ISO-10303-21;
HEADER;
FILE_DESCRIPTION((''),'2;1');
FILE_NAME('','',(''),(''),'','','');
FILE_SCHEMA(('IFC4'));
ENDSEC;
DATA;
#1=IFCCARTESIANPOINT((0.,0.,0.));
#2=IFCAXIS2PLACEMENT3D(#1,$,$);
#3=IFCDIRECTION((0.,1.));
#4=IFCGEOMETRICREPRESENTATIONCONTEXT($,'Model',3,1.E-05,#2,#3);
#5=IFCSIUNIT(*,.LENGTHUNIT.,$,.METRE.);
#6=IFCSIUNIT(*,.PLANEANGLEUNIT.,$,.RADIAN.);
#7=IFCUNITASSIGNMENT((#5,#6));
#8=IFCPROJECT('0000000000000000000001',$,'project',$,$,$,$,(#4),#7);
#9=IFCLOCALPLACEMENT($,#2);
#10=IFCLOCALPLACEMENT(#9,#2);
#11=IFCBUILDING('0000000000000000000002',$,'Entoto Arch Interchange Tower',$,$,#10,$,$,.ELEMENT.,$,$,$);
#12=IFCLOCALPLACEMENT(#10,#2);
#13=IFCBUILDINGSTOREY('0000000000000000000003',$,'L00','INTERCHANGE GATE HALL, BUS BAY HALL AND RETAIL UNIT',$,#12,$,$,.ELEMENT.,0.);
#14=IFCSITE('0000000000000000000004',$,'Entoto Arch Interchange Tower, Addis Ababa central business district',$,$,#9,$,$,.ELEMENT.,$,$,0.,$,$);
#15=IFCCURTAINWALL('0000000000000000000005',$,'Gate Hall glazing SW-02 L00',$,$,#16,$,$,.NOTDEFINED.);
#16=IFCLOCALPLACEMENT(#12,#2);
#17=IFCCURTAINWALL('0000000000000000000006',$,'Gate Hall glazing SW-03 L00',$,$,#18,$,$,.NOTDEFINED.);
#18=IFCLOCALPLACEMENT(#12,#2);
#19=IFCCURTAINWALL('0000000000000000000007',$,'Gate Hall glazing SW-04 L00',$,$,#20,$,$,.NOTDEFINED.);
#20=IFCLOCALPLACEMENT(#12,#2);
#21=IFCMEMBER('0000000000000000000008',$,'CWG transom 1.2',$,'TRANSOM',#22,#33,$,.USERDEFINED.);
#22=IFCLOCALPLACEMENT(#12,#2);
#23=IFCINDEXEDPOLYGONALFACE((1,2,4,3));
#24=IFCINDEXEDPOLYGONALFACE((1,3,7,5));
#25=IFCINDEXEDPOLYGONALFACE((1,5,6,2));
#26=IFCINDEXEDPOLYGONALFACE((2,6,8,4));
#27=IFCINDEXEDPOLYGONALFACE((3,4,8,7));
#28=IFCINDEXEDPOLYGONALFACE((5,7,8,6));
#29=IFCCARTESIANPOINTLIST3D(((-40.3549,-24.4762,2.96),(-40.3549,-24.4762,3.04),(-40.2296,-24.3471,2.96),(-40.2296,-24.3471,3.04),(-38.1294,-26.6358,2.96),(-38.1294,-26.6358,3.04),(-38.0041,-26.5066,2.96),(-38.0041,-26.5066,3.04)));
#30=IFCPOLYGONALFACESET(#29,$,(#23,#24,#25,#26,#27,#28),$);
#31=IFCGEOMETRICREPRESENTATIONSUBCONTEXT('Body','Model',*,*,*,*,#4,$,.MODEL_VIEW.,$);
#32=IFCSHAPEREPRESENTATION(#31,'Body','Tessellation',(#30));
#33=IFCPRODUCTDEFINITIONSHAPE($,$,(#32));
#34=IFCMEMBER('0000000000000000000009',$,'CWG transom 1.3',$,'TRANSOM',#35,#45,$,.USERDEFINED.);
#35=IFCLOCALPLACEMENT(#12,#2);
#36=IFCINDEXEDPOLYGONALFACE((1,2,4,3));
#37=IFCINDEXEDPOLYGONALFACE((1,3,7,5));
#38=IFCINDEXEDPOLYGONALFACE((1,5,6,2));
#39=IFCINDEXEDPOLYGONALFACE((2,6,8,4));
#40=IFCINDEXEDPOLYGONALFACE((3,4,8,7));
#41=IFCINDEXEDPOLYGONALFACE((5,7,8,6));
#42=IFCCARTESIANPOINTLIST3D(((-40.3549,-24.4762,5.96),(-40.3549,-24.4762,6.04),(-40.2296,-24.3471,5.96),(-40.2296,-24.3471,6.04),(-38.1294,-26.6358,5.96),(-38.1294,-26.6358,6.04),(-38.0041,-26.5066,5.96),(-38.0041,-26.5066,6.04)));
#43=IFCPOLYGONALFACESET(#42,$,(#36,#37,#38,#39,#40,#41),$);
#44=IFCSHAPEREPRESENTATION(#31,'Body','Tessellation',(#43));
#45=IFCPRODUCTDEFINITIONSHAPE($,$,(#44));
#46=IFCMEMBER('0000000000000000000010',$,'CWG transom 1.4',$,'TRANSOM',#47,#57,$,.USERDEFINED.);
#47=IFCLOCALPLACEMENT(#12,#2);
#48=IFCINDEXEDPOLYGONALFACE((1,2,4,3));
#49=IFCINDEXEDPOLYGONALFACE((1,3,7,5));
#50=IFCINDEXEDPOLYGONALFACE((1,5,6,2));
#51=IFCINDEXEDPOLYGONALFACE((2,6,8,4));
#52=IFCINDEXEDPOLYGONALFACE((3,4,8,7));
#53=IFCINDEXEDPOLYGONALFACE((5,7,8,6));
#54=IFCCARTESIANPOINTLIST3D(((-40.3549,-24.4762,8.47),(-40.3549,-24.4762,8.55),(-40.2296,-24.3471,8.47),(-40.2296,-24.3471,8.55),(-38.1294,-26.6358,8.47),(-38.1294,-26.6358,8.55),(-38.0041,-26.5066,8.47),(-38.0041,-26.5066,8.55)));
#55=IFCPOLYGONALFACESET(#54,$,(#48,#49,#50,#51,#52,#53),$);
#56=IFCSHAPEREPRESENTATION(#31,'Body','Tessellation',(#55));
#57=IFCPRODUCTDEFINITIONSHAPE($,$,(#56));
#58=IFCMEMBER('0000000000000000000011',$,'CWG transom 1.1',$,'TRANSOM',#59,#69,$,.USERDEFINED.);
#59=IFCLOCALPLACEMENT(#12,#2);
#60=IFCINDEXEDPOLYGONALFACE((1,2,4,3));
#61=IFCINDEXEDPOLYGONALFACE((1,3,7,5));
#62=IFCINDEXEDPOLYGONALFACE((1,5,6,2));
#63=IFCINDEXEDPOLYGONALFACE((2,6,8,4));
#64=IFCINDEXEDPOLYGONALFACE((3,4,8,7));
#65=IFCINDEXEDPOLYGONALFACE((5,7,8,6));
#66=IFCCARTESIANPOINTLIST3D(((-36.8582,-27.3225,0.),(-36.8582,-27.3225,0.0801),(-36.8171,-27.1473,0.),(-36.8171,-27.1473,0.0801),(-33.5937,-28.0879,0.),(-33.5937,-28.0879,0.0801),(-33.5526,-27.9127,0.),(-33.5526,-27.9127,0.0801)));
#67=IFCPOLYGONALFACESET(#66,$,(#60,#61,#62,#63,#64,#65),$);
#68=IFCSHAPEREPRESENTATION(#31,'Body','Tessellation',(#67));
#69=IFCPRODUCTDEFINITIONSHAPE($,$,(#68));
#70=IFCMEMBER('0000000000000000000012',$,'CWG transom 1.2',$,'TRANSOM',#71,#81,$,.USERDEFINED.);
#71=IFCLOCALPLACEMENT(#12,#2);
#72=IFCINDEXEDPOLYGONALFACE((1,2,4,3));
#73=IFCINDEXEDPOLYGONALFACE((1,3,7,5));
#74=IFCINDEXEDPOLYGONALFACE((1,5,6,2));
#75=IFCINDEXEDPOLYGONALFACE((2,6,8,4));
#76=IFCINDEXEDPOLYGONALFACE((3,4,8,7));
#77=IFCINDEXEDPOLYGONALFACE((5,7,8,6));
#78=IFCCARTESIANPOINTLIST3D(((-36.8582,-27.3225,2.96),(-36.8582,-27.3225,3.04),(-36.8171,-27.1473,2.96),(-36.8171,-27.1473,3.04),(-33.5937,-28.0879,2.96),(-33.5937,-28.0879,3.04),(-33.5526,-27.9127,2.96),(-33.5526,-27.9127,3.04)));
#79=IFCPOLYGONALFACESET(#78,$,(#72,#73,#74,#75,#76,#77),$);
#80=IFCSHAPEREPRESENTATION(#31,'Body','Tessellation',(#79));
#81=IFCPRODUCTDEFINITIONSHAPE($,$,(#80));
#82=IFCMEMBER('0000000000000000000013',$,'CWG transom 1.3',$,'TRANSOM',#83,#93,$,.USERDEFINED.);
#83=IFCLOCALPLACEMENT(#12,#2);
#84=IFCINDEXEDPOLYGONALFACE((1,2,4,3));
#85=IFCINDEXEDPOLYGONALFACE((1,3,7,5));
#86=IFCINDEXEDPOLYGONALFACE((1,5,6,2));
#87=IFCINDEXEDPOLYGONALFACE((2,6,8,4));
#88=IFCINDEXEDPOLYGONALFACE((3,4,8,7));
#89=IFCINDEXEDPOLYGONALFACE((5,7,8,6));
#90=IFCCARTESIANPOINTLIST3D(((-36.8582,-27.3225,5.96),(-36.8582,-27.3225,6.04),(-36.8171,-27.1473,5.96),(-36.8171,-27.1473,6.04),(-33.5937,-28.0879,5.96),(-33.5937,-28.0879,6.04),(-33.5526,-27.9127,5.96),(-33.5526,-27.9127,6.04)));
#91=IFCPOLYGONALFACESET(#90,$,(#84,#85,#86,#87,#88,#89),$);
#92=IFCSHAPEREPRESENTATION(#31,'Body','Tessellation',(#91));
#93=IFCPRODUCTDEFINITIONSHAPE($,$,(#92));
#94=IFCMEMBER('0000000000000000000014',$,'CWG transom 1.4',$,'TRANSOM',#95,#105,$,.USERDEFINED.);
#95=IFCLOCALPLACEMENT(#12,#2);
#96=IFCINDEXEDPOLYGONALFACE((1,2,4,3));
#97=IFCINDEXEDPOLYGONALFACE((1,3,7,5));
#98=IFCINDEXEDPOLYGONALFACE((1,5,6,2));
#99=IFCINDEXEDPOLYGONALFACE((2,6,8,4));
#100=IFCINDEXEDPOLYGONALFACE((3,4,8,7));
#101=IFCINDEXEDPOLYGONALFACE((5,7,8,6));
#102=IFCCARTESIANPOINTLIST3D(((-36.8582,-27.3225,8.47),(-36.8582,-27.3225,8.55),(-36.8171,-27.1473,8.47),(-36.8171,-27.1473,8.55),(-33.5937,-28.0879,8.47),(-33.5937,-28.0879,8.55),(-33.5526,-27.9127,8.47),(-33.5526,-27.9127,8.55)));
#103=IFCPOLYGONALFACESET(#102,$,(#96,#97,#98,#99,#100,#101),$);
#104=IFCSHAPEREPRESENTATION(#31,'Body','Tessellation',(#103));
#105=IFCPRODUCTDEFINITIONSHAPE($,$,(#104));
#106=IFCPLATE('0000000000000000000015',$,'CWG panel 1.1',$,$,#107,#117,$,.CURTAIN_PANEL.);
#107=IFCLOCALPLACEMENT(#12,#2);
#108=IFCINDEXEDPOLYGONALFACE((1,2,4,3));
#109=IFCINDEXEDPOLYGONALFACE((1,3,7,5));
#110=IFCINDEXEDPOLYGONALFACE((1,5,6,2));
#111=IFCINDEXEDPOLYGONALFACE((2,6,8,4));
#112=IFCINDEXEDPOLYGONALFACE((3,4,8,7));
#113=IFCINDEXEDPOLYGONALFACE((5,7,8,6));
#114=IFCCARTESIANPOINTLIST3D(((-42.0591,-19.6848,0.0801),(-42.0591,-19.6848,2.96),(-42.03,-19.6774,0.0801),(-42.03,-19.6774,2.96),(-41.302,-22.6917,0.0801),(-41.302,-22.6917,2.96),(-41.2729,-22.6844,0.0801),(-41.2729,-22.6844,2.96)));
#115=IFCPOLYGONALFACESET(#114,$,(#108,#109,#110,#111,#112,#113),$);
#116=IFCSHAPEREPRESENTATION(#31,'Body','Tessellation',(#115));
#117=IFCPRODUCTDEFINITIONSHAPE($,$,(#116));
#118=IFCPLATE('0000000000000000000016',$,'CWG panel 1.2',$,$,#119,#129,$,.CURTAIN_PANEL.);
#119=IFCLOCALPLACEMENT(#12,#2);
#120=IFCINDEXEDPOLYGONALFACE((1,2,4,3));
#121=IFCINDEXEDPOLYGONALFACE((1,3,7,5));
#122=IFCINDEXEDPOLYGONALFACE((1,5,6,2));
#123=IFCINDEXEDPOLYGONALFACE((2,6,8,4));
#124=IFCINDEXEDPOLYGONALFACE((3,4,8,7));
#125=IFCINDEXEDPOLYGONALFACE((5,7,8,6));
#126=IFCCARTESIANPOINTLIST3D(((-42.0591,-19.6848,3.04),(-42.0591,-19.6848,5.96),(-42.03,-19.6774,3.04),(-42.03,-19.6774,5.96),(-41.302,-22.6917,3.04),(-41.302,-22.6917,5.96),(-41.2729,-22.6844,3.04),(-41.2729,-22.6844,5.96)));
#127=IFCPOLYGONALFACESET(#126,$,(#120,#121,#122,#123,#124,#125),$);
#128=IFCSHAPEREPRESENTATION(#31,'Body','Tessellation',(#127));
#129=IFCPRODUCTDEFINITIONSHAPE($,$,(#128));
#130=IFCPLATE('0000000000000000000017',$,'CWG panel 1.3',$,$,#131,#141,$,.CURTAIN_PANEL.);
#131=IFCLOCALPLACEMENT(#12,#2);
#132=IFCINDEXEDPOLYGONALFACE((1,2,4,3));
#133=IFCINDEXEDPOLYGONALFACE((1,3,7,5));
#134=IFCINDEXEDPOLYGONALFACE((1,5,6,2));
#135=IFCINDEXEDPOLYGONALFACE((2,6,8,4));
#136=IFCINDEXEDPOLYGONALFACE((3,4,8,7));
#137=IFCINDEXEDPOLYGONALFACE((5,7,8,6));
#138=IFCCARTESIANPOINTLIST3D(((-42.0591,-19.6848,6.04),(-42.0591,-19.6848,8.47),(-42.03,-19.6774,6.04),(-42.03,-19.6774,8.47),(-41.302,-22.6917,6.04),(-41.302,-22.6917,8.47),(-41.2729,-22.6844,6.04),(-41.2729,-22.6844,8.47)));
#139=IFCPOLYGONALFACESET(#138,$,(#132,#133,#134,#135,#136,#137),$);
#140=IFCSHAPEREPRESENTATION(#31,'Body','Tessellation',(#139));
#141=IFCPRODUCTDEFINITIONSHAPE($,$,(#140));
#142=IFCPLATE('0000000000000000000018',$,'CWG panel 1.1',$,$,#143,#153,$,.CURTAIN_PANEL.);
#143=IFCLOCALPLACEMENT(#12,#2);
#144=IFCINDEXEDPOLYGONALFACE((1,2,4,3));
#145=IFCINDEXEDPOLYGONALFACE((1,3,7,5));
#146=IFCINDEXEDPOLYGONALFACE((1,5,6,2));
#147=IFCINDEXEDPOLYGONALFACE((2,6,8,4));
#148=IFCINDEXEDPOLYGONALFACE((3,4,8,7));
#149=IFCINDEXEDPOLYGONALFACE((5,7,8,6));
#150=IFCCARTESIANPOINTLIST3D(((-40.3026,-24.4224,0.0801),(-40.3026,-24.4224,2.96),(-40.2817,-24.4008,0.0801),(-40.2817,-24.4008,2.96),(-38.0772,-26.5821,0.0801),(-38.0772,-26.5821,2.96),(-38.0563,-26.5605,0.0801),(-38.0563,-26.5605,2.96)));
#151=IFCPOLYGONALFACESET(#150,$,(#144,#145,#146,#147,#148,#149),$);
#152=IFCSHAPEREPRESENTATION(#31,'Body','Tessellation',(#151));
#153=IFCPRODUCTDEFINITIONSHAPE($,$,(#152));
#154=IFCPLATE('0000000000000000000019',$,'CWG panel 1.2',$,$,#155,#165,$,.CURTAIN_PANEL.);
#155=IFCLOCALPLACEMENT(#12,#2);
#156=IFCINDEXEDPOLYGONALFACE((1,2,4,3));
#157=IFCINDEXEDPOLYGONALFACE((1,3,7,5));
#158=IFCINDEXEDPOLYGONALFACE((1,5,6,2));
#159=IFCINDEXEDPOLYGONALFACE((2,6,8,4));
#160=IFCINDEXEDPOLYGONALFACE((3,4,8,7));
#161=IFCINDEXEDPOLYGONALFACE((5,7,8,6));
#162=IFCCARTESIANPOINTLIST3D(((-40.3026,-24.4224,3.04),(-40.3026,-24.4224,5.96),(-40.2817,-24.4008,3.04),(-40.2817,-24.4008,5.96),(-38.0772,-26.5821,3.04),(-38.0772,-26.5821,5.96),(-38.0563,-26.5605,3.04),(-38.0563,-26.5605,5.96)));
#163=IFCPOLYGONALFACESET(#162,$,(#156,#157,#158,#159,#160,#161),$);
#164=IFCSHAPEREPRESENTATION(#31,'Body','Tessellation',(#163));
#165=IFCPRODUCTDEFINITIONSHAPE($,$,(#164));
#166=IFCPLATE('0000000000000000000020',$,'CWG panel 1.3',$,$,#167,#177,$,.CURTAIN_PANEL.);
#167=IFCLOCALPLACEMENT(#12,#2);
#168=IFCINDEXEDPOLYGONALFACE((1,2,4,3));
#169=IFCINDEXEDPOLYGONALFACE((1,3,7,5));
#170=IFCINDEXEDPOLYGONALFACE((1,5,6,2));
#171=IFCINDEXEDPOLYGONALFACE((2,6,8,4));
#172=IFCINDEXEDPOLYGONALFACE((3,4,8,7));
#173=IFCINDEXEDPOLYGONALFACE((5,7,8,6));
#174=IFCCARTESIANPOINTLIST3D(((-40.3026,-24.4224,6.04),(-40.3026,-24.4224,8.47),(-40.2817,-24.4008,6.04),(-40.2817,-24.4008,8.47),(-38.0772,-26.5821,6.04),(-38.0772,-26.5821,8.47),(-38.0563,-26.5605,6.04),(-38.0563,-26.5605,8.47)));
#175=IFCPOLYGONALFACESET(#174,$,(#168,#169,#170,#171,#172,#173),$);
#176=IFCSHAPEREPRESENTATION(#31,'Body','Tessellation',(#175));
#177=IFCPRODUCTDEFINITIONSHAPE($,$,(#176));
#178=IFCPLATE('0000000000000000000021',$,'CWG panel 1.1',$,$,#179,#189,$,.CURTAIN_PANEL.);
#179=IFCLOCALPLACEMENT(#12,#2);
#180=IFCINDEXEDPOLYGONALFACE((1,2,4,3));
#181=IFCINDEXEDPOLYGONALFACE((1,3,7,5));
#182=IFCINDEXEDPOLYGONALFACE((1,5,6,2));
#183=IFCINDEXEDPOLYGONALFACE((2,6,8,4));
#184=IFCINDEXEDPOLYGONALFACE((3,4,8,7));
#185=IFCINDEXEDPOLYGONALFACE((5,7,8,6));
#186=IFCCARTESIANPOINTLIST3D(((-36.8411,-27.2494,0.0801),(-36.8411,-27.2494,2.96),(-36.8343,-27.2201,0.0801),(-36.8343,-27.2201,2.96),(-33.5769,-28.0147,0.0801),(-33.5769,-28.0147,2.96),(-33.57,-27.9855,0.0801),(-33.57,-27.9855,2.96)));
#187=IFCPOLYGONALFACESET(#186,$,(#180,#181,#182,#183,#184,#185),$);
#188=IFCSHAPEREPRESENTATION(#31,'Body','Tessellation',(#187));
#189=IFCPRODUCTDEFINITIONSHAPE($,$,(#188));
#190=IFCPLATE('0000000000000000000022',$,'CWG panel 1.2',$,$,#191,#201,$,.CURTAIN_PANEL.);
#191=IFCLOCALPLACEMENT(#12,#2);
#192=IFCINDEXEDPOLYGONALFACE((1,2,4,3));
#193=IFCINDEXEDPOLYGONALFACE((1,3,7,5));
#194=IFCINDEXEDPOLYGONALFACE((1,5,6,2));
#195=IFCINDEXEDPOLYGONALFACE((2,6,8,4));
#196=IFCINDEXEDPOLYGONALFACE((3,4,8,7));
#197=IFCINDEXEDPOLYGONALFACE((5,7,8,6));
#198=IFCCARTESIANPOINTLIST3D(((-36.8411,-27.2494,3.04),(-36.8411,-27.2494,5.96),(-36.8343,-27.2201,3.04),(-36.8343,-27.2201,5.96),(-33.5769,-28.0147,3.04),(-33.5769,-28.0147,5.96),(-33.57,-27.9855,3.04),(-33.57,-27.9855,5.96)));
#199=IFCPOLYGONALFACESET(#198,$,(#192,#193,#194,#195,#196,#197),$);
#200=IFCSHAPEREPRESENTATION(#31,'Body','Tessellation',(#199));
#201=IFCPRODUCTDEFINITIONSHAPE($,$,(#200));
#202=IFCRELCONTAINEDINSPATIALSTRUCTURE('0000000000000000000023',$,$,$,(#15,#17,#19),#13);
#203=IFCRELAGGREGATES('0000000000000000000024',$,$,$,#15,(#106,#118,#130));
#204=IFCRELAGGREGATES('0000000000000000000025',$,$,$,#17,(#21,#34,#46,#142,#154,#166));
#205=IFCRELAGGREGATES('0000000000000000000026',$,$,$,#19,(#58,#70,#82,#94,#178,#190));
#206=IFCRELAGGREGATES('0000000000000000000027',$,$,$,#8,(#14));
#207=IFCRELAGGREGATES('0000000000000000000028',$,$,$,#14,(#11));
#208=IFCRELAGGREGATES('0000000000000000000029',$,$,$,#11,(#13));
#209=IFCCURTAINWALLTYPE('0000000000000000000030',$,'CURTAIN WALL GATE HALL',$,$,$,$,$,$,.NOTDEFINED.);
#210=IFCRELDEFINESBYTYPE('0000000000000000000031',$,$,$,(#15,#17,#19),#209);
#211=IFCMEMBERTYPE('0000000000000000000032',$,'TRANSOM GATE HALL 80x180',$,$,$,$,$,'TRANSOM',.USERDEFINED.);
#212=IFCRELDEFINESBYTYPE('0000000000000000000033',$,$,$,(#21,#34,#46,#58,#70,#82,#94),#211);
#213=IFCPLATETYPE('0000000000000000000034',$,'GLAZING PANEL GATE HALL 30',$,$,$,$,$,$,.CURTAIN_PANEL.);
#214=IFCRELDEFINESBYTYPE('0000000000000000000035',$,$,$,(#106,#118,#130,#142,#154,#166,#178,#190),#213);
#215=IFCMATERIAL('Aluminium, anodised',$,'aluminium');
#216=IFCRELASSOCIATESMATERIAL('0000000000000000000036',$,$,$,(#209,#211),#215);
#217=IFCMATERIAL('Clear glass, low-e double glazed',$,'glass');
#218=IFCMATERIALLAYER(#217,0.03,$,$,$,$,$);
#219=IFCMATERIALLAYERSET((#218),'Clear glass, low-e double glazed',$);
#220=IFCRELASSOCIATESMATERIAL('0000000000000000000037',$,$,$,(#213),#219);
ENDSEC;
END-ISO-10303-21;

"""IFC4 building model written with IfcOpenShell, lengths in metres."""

from ifc_helpers import new_model, si_unit, direction, frame, origin, origin_2d, place, context, subcontext, project, spatial, rectangle, extrude, material, layer, layer_set, material_profile, profile_set, type_object, element, aggregate, save


model = new_model("IFC4")

# Units and contexts
model_context = context("Model", 3, precision=1e-05, world=origin(), true_north=direction((0.0, 1.0)))
body_context = subcontext(model_context, "Body", "Model", "MODEL_VIEW")
ifc_project = project(units=[si_unit("LENGTHUNIT", "METRE"), si_unit("PLANEANGLEUNIT", "RADIAN")], contexts=[model_context])

# Site, building, storey
site_placement = place(None, origin())
site = spatial("IfcSite", under=ifc_project, at=site_placement, Name="Entoto Arch Interchange Tower, Addis Ababa central business district", CompositionType="ELEMENT", RefElevation=0.0)
building_placement = place(site_placement, origin())
building = spatial("IfcBuilding", under=site, at=building_placement, Name="Entoto Arch Interchange Tower", CompositionType="ELEMENT")
storey_placement = place(building_placement, origin())
storey = spatial("IfcBuildingStorey", under=building, at=storey_placement, Name="L00", Description="INTERCHANGE GATE HALL, BUS BAY HALL AND RETAIL UNIT", CompositionType="ELEMENT", Elevation=0.0)

# Shared definitions
ifc_material_1 = material(Name="Aluminium, anodised", Category="aluminium")
curtain_wall_type = type_object("IfcCurtainWallType", Name="CURTAIN WALL GATE HALL", PredefinedType="NOTDEFINED", material=ifc_material_1)

# Curtain walls
curtain_wall_1_placement = place(storey_placement, origin())
curtain_wall_1 = element("IfcCurtainWall", 1, at=curtain_wall_1_placement, inside=storey, type_object=curtain_wall_type, Name="Gate Hall glazing SW-02 L00", PredefinedType="NOTDEFINED")
curtain_wall_2_placement = place(storey_placement, origin())
curtain_wall_2 = element("IfcCurtainWall", 2, at=curtain_wall_2_placement, inside=storey, type_object=curtain_wall_type, Name="Gate Hall glazing SW-03 L00", PredefinedType="NOTDEFINED")

# Curtain wall
curtain_wall_3_placement = place(storey_placement, origin())
curtain_wall_3 = element("IfcCurtainWall", 3, at=curtain_wall_3_placement, inside=storey, type_object=curtain_wall_type, Name="Gate Hall glazing SW-04 L00", PredefinedType="NOTDEFINED")

# Members
ifc_material_profile_1 = material_profile(ifc_material_1, rectangle(XDim=0.1799, YDim=0.0801, at=origin_2d()))
ifc_profile_set_1 = profile_set([ifc_material_profile_1], Name="Aluminium, anodised")
member_type_1 = type_object("IfcMemberType", Name="TRANSOM GATE HALL 80x180", ElementType="TRANSOM", PredefinedType="USERDEFINED", material=ifc_profile_set_1)
member_1_placement = place(storey_placement, frame((-40.2922, -24.4116, 3.0), z_axis=(0.717655, -0.696399, 0.0), x_axis=(0.696399, 0.717655, 0.0)))
member_1 = element("IfcMember", 4, at=member_1_placement, type_object=member_type_1, Name="CWG transom 1.2", ObjectType="TRANSOM", PredefinedType="USERDEFINED", context=body_context, shape_type="SweptSolid", body=[
    extrude(rectangle(XDim=0.1799, YDim=0.0801, at=origin_2d()), origin(), (0.0, 0.0, 1.0), 3.1011),
])
member_2_placement = place(storey_placement, frame((-40.2922, -24.4116, 6.0), z_axis=(0.717655, -0.696399, 0.0), x_axis=(0.696399, 0.717655, 0.0)))
member_2 = element("IfcMember", 5, at=member_2_placement, type_object=member_type_1, Name="CWG transom 1.3", ObjectType="TRANSOM", PredefinedType="USERDEFINED", context=body_context, shape_type="SweptSolid", body=[
    extrude(rectangle(XDim=0.1799, YDim=0.0801, at=origin_2d()), origin(), (0.0, 0.0, 1.0), 3.1011),
])
member_3_placement = place(storey_placement, frame((-40.2922, -24.4116, 8.51), z_axis=(0.717655, -0.696399, 0.0), x_axis=(0.696399, 0.717655, 0.0)))
member_3 = element("IfcMember", 6, at=member_3_placement, type_object=member_type_1, Name="CWG transom 1.4", ObjectType="TRANSOM", PredefinedType="USERDEFINED", context=body_context, shape_type="SweptSolid", body=[
    extrude(rectangle(XDim=0.1799, YDim=0.0801, at=origin_2d()), origin(), (0.0, 0.0, 1.0), 3.1011),
])
member_4_placement = place(storey_placement, frame((-36.8376, -27.2349, 0.04), z_axis=(0.973597, -0.228272, 0.0), x_axis=(0.228272, 0.973597, 0.0)))
member_4 = element("IfcMember", 7, at=member_4_placement, type_object=member_type_1, Name="CWG transom 1.1", ObjectType="TRANSOM", PredefinedType="USERDEFINED", context=body_context, shape_type="SweptSolid", body=[
    extrude(rectangle(XDim=0.1799, YDim=0.0801, at=origin_2d()), origin(), (0.0, 0.0, 1.0), 3.353),
])
member_5_placement = place(storey_placement, frame((-36.8376, -27.2349, 3.0), z_axis=(0.973597, -0.228272, 0.0), x_axis=(0.228272, 0.973597, 0.0)))
member_5 = element("IfcMember", 8, at=member_5_placement, type_object=member_type_1, Name="CWG transom 1.2", ObjectType="TRANSOM", PredefinedType="USERDEFINED", context=body_context, shape_type="SweptSolid", body=[
    extrude(rectangle(XDim=0.1799, YDim=0.0801, at=origin_2d()), origin(), (0.0, 0.0, 1.0), 3.353),
])
member_6_placement = place(storey_placement, frame((-36.8376, -27.2349, 6.0), z_axis=(0.973597, -0.228272, 0.0), x_axis=(0.228272, 0.973597, 0.0)))
member_6 = element("IfcMember", 9, at=member_6_placement, type_object=member_type_1, Name="CWG transom 1.3", ObjectType="TRANSOM", PredefinedType="USERDEFINED", context=body_context, shape_type="SweptSolid", body=[
    extrude(rectangle(XDim=0.1799, YDim=0.0801, at=origin_2d()), origin(), (0.0, 0.0, 1.0), 3.353),
])
member_7_placement = place(storey_placement, frame((-36.8376, -27.2349, 8.51), z_axis=(0.973597, -0.228272, 0.0), x_axis=(0.228272, 0.973597, 0.0)))
member_7 = element("IfcMember", 10, at=member_7_placement, type_object=member_type_1, Name="CWG transom 1.4", ObjectType="TRANSOM", PredefinedType="USERDEFINED", context=body_context, shape_type="SweptSolid", body=[
    extrude(rectangle(XDim=0.1799, YDim=0.0801, at=origin_2d()), origin(), (0.0, 0.0, 1.0), 3.353),
])

# Plates
ifc_material_2 = material(Name="Clear glass, low-e double glazed", Category="glass")
ifc_layer_1 = layer(ifc_material_2, 0.03)
ifc_layer_set_1 = layer_set([ifc_layer_1], Name="Clear glass, low-e double glazed")
plate_type = type_object("IfcPlateType", Name="GLAZING PANEL GATE HALL 30", PredefinedType="CURTAIN_PANEL", material=ifc_layer_set_1)
plate_1_placement = place(storey_placement, frame((-41.666, -21.1846, 0.0801), z_axis=(0.0, 0.0, 1.0), x_axis=(0.244175, -0.969731, 0.0)))
plate_1 = element("IfcPlate", 11, at=plate_1_placement, type_object=plate_type, Name="CWG panel 1.1", PredefinedType="CURTAIN_PANEL", context=body_context, shape_type="SweptSolid", body=[
    extrude(rectangle(XDim=3.1008, YDim=0.03, at=origin_2d()), origin(), (0.0, 0.0, 1.0), 2.8799),
])
plate_2_placement = place(storey_placement, frame((-41.666, -21.1846, 3.04), z_axis=(0.0, 0.0, 1.0), x_axis=(0.244175, -0.969731, 0.0)))
plate_2 = element("IfcPlate", 12, at=plate_2_placement, type_object=plate_type, Name="CWG panel 1.2", PredefinedType="CURTAIN_PANEL", context=body_context, shape_type="SweptSolid", body=[
    extrude(rectangle(XDim=3.1008, YDim=0.03, at=origin_2d()), origin(), (0.0, 0.0, 1.0), 2.9199),
])
plate_3_placement = place(storey_placement, frame((-41.666, -21.1846, 6.04), z_axis=(0.0, 0.0, 1.0), x_axis=(0.244175, -0.969731, 0.0)))
plate_3 = element("IfcPlate", 13, at=plate_3_placement, type_object=plate_type, Name="CWG panel 1.3", PredefinedType="CURTAIN_PANEL", context=body_context, shape_type="SweptSolid", body=[
    extrude(rectangle(XDim=3.1008, YDim=0.03, at=origin_2d()), origin(), (0.0, 0.0, 1.0), 2.4299),
])
aggregate(curtain_wall_1, [plate_1, plate_2, plate_3])
plate_4_placement = place(storey_placement, frame((-39.1794, -25.4915, 0.0801), z_axis=(0.0, 0.0, 1.0), x_axis=(0.71763, -0.696425, 0.0)))
plate_4 = element("IfcPlate", 14, at=plate_4_placement, type_object=plate_type, Name="CWG panel 1.1", PredefinedType="CURTAIN_PANEL", context=body_context, shape_type="SweptSolid", body=[
    extrude(rectangle(XDim=3.1011, YDim=0.03, at=origin_2d()), origin(), (0.0, 0.0, 1.0), 2.8799),
])
plate_5_placement = place(storey_placement, frame((-39.1794, -25.4915, 3.04), z_axis=(0.0, 0.0, 1.0), x_axis=(0.71763, -0.696425, 0.0)))
plate_5 = element("IfcPlate", 15, at=plate_5_placement, type_object=plate_type, Name="CWG panel 1.2", PredefinedType="CURTAIN_PANEL", context=body_context, shape_type="SweptSolid", body=[
    extrude(rectangle(XDim=3.1011, YDim=0.03, at=origin_2d()), origin(), (0.0, 0.0, 1.0), 2.9199),
])
plate_6_placement = place(storey_placement, frame((-39.1794, -25.4915, 6.04), z_axis=(0.0, 0.0, 1.0), x_axis=(0.71763, -0.696425, 0.0)))
plate_6 = element("IfcPlate", 16, at=plate_6_placement, type_object=plate_type, Name="CWG panel 1.3", PredefinedType="CURTAIN_PANEL", context=body_context, shape_type="SweptSolid", body=[
    extrude(rectangle(XDim=3.1011, YDim=0.03, at=origin_2d()), origin(), (0.0, 0.0, 1.0), 2.4299),
])
aggregate(curtain_wall_2, [member_1, member_2, member_3, plate_4, plate_5, plate_6])
plate_7_placement = place(storey_placement, frame((-35.2056, -27.6174, 0.0801), z_axis=(0.0, 0.0, 1.0), x_axis=(0.973598, -0.228271, 0.0)))
plate_7 = element("IfcPlate", 17, at=plate_7_placement, type_object=plate_type, Name="CWG panel 1.1", PredefinedType="CURTAIN_PANEL", context=body_context, shape_type="SweptSolid", body=[
    extrude(rectangle(XDim=3.3528, YDim=0.03, at=origin_2d()), origin(), (0.0, 0.0, 1.0), 2.8799),
])
plate_8_placement = place(storey_placement, frame((-35.2056, -27.6174, 3.04), z_axis=(0.0, 0.0, 1.0), x_axis=(0.973598, -0.228271, 0.0)))
plate_8 = element("IfcPlate", 18, at=plate_8_placement, type_object=plate_type, Name="CWG panel 1.2", PredefinedType="CURTAIN_PANEL", context=body_context, shape_type="SweptSolid", body=[
    extrude(rectangle(XDim=3.3528, YDim=0.03, at=origin_2d()), origin(), (0.0, 0.0, 1.0), 2.9199),
])
aggregate(curtain_wall_3, [member_4, member_5, member_6, member_7, plate_7, plate_8])

save(model, "model.ifc")
